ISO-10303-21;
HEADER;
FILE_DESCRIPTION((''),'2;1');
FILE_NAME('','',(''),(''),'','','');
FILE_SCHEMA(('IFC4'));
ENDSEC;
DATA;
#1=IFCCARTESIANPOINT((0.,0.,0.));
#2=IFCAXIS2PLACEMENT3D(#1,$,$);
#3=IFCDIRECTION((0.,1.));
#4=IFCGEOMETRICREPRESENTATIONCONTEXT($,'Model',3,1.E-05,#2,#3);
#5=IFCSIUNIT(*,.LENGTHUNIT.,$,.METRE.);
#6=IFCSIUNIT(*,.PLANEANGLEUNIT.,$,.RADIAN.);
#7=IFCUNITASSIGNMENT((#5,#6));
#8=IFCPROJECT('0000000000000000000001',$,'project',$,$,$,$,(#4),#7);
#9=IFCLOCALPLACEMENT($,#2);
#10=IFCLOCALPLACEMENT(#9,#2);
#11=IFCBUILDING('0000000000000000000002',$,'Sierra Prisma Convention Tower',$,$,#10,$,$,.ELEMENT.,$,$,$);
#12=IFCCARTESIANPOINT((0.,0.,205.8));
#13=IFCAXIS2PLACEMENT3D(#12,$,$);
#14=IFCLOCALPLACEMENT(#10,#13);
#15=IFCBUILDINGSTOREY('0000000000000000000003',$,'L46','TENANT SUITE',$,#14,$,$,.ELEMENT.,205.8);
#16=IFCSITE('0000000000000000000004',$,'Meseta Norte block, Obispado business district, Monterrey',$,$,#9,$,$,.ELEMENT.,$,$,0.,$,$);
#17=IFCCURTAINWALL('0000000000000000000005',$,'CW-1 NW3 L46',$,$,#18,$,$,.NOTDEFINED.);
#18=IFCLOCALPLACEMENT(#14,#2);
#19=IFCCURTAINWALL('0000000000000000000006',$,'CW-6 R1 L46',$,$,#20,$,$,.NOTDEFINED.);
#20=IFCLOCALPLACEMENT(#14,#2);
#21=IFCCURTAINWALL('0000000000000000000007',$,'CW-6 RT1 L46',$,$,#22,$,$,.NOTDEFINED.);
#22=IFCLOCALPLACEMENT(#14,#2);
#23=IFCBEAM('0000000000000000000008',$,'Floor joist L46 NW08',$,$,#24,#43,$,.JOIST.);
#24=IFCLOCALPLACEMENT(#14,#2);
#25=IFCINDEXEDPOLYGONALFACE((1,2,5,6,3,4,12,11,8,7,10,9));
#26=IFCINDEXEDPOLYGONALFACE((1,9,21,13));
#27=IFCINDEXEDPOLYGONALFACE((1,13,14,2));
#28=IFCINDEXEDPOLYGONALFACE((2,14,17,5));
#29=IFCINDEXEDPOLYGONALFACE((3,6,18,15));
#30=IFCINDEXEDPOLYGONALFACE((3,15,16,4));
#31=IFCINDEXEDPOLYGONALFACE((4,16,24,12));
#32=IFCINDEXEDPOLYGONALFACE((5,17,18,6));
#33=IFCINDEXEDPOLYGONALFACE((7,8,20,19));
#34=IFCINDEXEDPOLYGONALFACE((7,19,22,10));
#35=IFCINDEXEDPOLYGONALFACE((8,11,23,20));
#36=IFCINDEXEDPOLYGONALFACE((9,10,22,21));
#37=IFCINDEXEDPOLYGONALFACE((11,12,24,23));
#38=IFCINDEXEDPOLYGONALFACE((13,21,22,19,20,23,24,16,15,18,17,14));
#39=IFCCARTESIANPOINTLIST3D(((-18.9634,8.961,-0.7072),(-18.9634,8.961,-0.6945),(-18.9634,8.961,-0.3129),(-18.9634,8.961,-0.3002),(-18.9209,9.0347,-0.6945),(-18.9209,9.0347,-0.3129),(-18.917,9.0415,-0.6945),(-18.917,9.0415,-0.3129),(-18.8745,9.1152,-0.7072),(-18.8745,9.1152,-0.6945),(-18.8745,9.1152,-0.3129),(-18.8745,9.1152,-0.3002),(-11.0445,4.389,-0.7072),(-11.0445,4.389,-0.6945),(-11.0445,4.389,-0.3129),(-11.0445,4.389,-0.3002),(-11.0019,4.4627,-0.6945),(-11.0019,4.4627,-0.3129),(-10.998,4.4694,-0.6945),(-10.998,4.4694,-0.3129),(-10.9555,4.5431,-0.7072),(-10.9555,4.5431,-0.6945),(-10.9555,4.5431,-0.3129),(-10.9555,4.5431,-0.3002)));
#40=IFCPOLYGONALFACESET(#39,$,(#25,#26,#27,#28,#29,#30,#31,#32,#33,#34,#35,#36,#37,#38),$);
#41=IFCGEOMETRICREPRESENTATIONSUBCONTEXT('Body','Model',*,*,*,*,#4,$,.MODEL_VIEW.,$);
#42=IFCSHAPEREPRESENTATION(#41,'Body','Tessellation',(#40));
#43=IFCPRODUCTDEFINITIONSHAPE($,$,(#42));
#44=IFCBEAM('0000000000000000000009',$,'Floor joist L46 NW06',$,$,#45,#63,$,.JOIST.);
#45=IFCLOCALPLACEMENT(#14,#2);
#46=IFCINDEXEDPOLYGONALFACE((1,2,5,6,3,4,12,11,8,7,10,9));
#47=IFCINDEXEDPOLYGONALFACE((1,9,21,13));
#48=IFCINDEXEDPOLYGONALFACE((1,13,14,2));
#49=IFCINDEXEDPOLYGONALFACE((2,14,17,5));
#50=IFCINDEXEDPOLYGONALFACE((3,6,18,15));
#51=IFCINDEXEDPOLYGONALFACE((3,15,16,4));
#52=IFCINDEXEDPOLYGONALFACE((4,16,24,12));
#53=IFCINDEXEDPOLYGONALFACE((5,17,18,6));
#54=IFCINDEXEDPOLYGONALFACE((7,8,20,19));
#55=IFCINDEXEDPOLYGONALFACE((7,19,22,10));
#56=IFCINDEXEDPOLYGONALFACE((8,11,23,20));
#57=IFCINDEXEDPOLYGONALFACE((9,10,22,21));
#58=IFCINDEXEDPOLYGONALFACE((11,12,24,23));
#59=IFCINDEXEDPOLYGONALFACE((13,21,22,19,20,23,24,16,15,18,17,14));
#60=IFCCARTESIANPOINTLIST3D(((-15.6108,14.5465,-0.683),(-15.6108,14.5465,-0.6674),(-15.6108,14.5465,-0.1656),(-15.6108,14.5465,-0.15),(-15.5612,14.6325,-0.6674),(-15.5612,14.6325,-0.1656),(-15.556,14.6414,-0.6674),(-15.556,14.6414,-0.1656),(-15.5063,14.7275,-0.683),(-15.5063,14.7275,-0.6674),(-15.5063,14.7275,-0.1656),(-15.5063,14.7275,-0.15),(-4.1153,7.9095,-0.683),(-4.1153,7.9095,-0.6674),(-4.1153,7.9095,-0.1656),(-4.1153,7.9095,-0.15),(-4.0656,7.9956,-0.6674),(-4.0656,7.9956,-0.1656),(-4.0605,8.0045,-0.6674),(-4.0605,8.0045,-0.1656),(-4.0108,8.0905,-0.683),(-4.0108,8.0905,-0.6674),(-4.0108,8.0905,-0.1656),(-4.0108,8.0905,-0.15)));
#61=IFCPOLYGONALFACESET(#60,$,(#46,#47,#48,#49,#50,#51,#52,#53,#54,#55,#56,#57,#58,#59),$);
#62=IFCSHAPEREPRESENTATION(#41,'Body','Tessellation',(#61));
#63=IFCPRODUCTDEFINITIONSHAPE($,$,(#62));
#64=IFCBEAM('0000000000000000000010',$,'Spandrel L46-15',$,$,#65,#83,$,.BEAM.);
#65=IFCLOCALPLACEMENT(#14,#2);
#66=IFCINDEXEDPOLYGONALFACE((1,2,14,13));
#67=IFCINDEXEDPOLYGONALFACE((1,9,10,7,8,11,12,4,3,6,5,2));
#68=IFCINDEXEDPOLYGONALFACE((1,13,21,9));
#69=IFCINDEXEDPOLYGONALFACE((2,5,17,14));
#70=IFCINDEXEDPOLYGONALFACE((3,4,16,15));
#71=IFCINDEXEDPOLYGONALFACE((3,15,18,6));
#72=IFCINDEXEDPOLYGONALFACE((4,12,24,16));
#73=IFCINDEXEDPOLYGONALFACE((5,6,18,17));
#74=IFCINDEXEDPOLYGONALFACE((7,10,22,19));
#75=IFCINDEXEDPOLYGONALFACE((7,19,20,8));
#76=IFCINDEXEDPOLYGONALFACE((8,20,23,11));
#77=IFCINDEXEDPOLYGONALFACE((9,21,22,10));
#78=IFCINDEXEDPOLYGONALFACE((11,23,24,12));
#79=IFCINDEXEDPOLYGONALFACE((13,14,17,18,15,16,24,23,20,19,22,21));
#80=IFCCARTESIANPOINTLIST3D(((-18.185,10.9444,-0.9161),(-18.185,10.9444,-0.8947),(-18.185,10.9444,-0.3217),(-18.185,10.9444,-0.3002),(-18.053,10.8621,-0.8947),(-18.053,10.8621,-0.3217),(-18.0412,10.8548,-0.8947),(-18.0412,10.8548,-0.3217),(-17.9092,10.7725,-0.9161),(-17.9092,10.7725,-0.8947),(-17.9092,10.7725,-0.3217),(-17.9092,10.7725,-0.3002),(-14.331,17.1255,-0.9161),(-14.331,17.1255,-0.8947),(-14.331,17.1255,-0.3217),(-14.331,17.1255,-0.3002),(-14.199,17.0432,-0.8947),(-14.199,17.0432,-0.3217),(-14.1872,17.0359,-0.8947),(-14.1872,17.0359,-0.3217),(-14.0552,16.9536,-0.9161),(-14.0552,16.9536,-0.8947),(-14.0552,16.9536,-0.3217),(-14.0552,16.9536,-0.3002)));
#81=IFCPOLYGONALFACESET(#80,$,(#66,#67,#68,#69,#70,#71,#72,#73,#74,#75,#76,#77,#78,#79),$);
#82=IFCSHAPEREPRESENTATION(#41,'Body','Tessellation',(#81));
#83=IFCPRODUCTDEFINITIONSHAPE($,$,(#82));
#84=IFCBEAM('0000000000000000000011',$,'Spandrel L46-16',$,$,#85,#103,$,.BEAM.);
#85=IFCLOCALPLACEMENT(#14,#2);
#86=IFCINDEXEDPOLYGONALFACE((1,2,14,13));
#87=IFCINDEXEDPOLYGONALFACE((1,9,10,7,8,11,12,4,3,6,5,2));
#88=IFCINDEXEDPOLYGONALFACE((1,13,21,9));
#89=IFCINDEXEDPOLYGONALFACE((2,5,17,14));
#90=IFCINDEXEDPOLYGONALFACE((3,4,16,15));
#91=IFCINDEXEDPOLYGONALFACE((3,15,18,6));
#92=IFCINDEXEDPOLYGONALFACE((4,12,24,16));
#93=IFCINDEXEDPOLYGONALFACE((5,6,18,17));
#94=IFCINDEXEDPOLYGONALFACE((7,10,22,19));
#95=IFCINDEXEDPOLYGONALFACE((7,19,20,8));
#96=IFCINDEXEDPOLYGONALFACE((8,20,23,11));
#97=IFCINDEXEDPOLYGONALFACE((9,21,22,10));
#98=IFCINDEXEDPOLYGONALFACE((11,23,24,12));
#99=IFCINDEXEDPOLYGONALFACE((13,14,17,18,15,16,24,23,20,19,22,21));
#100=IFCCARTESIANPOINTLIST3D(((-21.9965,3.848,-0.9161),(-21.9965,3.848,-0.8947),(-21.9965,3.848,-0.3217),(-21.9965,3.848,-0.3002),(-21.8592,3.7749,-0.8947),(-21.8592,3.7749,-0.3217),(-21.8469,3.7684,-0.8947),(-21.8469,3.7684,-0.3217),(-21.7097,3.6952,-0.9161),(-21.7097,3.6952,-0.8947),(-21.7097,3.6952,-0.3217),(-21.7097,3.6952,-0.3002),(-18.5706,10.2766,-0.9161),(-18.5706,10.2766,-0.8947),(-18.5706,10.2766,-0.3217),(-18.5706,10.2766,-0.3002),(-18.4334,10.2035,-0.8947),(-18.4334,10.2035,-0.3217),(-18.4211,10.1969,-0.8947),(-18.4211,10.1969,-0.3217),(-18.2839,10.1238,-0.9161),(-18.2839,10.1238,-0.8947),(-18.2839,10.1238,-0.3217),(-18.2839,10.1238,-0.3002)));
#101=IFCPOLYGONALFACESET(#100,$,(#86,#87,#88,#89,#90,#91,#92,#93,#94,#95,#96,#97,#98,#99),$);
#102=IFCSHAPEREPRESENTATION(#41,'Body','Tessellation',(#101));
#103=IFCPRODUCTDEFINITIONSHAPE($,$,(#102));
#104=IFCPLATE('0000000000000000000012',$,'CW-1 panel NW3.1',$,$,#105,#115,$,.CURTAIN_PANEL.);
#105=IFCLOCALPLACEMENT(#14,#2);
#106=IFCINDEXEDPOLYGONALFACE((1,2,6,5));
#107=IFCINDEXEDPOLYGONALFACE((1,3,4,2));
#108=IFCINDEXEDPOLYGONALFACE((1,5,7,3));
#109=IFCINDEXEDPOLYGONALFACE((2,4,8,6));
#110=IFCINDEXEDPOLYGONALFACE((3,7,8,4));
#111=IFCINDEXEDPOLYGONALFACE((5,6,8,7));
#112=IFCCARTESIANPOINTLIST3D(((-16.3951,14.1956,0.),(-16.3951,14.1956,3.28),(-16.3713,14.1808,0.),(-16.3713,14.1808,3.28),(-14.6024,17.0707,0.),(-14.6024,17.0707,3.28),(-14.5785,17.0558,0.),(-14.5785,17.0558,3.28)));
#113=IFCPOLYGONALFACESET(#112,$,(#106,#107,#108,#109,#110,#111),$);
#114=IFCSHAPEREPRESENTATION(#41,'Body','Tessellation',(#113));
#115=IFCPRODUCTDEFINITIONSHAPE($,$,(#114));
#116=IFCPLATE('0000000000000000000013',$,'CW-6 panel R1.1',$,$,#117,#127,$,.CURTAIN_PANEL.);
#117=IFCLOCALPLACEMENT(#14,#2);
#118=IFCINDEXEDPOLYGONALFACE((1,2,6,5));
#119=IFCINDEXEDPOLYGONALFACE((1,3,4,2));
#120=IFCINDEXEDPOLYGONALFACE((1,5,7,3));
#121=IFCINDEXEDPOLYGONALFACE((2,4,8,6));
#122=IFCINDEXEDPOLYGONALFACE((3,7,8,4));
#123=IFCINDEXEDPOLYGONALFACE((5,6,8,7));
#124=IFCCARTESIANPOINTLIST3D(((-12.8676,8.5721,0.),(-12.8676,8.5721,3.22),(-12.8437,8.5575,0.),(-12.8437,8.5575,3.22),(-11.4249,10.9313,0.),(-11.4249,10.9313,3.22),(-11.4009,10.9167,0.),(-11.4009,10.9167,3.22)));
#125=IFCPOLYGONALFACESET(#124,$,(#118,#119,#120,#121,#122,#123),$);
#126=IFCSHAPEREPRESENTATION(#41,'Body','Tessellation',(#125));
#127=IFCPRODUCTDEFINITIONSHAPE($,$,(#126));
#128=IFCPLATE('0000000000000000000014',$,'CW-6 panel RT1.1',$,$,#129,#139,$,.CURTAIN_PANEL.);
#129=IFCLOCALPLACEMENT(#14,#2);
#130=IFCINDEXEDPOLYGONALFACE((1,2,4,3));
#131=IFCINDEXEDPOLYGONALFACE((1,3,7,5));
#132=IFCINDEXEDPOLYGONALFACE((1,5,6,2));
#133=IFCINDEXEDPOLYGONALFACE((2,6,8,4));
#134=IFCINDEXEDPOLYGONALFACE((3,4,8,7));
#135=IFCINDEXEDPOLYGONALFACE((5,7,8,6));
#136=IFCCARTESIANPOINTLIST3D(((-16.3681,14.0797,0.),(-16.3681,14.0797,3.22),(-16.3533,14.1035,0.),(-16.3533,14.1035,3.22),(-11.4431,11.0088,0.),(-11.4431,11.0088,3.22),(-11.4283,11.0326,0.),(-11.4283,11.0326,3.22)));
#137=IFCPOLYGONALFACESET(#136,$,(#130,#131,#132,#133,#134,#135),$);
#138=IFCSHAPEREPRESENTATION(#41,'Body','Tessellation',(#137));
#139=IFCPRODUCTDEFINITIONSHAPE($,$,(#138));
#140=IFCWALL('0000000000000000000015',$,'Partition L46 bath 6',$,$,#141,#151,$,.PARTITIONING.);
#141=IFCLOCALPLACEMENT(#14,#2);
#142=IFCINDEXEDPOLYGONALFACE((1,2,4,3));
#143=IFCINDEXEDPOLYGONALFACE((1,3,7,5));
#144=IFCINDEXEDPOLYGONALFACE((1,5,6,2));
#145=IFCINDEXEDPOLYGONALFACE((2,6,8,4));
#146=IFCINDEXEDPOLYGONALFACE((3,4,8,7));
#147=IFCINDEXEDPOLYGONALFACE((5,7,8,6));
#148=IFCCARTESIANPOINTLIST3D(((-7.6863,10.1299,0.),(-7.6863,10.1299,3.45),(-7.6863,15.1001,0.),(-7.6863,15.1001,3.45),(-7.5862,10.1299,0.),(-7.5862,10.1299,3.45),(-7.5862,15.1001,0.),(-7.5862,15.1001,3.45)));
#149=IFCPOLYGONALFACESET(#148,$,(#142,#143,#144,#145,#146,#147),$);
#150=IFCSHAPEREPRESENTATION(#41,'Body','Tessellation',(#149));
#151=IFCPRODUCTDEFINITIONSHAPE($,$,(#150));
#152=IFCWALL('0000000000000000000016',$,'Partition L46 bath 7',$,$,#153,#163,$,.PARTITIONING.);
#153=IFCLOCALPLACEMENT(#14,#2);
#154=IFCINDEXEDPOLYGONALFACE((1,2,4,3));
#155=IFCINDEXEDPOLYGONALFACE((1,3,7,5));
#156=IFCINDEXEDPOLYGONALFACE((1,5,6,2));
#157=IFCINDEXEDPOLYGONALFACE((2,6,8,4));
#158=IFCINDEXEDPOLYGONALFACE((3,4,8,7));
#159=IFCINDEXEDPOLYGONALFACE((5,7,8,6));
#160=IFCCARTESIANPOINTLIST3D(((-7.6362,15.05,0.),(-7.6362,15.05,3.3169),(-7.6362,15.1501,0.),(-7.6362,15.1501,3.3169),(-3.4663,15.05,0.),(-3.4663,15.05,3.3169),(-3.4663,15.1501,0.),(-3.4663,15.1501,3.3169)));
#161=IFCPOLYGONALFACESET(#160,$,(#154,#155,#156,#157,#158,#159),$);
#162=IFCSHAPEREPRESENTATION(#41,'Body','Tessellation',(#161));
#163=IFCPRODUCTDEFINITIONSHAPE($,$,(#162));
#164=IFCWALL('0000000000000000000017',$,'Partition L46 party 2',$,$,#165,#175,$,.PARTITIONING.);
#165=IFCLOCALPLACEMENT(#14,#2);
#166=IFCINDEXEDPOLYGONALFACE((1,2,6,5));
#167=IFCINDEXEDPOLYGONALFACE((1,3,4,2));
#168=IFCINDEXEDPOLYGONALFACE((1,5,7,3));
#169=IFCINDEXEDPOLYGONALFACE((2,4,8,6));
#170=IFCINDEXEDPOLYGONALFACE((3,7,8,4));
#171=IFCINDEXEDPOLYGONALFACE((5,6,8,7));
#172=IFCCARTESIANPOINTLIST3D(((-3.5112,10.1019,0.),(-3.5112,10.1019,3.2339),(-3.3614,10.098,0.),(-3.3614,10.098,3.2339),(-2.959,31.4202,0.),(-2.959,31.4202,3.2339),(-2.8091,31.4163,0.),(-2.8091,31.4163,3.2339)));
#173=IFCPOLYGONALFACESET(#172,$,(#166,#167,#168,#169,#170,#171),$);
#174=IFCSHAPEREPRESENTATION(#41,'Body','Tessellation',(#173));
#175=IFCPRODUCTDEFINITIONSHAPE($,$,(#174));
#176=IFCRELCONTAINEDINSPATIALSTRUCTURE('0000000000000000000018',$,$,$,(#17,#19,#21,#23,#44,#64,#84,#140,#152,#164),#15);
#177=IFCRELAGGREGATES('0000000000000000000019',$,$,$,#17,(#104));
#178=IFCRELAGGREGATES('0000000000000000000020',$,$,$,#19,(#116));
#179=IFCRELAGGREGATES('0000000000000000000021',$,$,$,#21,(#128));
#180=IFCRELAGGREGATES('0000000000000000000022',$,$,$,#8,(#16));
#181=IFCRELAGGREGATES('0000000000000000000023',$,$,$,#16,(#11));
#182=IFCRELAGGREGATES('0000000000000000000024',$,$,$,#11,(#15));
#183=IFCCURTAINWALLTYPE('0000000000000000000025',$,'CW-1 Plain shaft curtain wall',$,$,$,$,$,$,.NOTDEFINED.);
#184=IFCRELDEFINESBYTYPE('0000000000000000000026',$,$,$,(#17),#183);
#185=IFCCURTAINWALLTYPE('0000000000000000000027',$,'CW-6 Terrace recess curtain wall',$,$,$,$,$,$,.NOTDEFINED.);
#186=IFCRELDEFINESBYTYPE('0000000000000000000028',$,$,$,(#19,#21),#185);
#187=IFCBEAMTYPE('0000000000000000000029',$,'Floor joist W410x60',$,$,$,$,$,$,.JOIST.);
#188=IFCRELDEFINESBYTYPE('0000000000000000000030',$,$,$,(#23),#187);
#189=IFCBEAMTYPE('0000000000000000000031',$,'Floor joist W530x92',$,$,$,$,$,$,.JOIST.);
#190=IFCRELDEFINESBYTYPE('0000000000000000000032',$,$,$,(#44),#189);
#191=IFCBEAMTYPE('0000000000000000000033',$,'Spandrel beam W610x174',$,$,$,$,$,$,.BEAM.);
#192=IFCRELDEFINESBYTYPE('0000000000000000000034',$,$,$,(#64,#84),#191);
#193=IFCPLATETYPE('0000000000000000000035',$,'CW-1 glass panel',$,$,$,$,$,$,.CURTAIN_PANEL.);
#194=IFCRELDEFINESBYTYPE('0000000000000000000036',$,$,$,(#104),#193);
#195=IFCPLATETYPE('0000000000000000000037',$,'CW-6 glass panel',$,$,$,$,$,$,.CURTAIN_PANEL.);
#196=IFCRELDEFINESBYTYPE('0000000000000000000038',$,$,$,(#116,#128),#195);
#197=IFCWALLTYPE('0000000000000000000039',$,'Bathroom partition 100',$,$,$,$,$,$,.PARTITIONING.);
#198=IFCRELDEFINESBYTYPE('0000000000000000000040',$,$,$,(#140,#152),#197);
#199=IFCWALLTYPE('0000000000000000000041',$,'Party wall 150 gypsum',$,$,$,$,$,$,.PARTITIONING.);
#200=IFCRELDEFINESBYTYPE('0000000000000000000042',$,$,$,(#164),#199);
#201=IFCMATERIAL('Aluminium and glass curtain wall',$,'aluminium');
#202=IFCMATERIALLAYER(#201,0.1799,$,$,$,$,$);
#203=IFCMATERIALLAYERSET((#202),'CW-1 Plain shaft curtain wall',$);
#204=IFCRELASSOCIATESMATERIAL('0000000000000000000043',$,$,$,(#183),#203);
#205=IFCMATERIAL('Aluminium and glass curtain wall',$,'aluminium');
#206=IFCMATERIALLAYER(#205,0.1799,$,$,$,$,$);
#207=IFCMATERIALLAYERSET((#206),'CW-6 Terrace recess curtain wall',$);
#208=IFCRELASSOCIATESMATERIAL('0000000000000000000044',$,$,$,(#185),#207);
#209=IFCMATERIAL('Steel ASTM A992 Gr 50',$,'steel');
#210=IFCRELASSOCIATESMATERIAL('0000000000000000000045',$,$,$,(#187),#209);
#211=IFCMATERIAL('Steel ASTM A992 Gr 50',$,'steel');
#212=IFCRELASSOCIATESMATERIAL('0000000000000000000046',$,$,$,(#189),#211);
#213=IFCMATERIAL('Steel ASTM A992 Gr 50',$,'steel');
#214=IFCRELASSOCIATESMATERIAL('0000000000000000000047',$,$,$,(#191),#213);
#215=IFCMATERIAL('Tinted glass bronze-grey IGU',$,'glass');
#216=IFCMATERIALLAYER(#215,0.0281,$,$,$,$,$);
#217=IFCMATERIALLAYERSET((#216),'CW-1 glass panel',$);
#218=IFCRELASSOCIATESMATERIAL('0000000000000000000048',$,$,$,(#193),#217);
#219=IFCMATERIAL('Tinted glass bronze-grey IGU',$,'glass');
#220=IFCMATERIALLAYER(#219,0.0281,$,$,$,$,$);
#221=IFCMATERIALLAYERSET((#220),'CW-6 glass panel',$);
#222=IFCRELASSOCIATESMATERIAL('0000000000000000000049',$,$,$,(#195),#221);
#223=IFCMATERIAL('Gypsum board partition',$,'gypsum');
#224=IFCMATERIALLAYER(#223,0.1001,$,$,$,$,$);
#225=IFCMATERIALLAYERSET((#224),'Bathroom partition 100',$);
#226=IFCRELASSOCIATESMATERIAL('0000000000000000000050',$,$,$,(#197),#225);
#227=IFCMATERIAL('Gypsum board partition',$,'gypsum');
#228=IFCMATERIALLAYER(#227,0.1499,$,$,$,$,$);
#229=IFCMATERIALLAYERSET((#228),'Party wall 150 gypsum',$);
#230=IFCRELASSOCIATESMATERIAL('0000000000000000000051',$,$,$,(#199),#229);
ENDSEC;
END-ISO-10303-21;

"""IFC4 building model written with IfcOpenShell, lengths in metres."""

from ifc_helpers import new_model, si_unit, direction, frame, frame_2d, origin, origin_2d, place, context, subcontext, project, spatial, rectangle, i_section, extrude, material, layer, layer_set, material_profile, profile_set, type_object, element, aggregate, save


model = new_model("IFC4")

# Units and contexts
model_context = context("Model", 3, precision=1e-05, world=origin(), true_north=direction((0.0, 1.0)))
body_context = subcontext(model_context, "Body", "Model", "MODEL_VIEW")
ifc_project = project(units=[si_unit("LENGTHUNIT", "METRE"), si_unit("PLANEANGLEUNIT", "RADIAN")], contexts=[model_context])

# Site, building, storey
site_placement = place(None, origin())
site = spatial("IfcSite", under=ifc_project, at=site_placement, Name="Meseta Norte block, Obispado business district, Monterrey", CompositionType="ELEMENT", RefElevation=0.0)
building_placement = place(site_placement, origin())
building = spatial("IfcBuilding", under=site, at=building_placement, Name="Sierra Prisma Convention Tower", CompositionType="ELEMENT")
storey_placement = place(building_placement, frame((0.0, 0.0, 205.8)))
storey = spatial("IfcBuildingStorey", under=building, at=storey_placement, Name="L46", Description="TENANT SUITE", CompositionType="ELEMENT", Elevation=205.8)

# Curtain wall
ifc_material_1 = material(Name="Aluminium and glass curtain wall", Category="aluminium")
ifc_layer_1 = layer(ifc_material_1, 0.1799)
ifc_layer_set_1 = layer_set([ifc_layer_1], Name="CW-1 Plain shaft curtain wall")
curtain_wall_type_1 = type_object("IfcCurtainWallType", Name="CW-1 Plain shaft curtain wall", PredefinedType="NOTDEFINED", material=ifc_layer_set_1)
curtain_wall_1_placement = place(storey_placement, origin())
curtain_wall_1 = element("IfcCurtainWall", 1, at=curtain_wall_1_placement, inside=storey, type_object=curtain_wall_type_1, Name="CW-1 NW3 L46", PredefinedType="NOTDEFINED")

# Curtain wall
ifc_material_2 = material(Name="Aluminium and glass curtain wall", Category="aluminium")
ifc_layer_2 = layer(ifc_material_2, 0.1799)
ifc_layer_set_2 = layer_set([ifc_layer_2], Name="CW-6 Terrace recess curtain wall")
curtain_wall_type_2 = type_object("IfcCurtainWallType", Name="CW-6 Terrace recess curtain wall", PredefinedType="NOTDEFINED", material=ifc_layer_set_2)
curtain_wall_2_placement = place(storey_placement, origin())
curtain_wall_2 = element("IfcCurtainWall", 2, at=curtain_wall_2_placement, inside=storey, type_object=curtain_wall_type_2, Name="CW-6 R1 L46", PredefinedType="NOTDEFINED")

# Curtain wall
curtain_wall_3_placement = place(storey_placement, origin())
curtain_wall_3 = element("IfcCurtainWall", 3, at=curtain_wall_3_placement, inside=storey, type_object=curtain_wall_type_2, Name="CW-6 RT1 L46", PredefinedType="NOTDEFINED")

# Beams
ifc_material_3 = material(Name="Steel ASTM A992 Gr 50", Category="steel")
ifc_material_profile_1 = material_profile(ifc_material_3, i_section(OverallWidth=0.178, OverallDepth=0.407, WebThickness=0.0078, FlangeThickness=0.0127, at=origin_2d()), Name="W410x60")
ifc_profile_set_1 = profile_set([ifc_material_profile_1], Name="Steel ASTM A992 Gr 50")
beam_type_1 = type_object("IfcBeamType", Name="Floor joist W410x60", PredefinedType="JOIST", material=ifc_profile_set_1)
beam_1_placement = place(storey_placement, frame((-18.9189, 9.0381, -0.5037), z_axis=(0.866025, -0.500001, 0.0), x_axis=(0.500001, 0.866025, 0.0)))
element("IfcBeam", 4, at=beam_1_placement, inside=storey, type_object=beam_type_1, Name="Floor joist L46 NW08", PredefinedType="JOIST", context=body_context, shape_type="SweptSolid", body=[
    extrude(i_section(OverallWidth=0.178, OverallDepth=0.407, WebThickness=0.0078, FlangeThickness=0.0127, at=origin_2d()), origin(), (0.0, 0.0, 1.0), 9.144),
])
ifc_material_4 = material(Name="Steel ASTM A992 Gr 50", Category="steel")
ifc_material_profile_2 = material_profile(ifc_material_4, i_section(OverallWidth=0.209, OverallDepth=0.533, WebThickness=0.0103, FlangeThickness=0.0156, at=origin_2d()), Name="W530x92")
ifc_profile_set_2 = profile_set([ifc_material_profile_2], Name="Steel ASTM A992 Gr 50")
beam_type_2 = type_object("IfcBeamType", Name="Floor joist W530x92", PredefinedType="JOIST", material=ifc_profile_set_2)
beam_2_placement = place(storey_placement, frame((-15.5586, 14.637, -0.4165), z_axis=(0.866026, -0.499998, 0.0), x_axis=(0.499998, 0.866026, 0.0)))
element("IfcBeam", 5, at=beam_2_placement, inside=storey, type_object=beam_type_2, Name="Floor joist L46 NW06", PredefinedType="JOIST", context=body_context, shape_type="SweptSolid", body=[
    extrude(i_section(OverallWidth=0.209, OverallDepth=0.533, WebThickness=0.0103, FlangeThickness=0.0156, at=origin_2d()), origin(), (0.0, 0.0, 1.0), 13.2739),
])
ifc_material_5 = material(Name="Steel ASTM A992 Gr 50", Category="steel")
ifc_material_profile_3 = material_profile(ifc_material_5, i_section(OverallWidth=0.325, OverallDepth=0.616, WebThickness=0.0139, FlangeThickness=0.0215, at=origin_2d()), Name="W610x174")
ifc_profile_set_3 = profile_set([ifc_material_profile_3], Name="Steel ASTM A992 Gr 50")
beam_type_3 = type_object("IfcBeamType", Name="Spandrel beam W610x174", PredefinedType="BEAM", material=ifc_profile_set_3)
beam_3_placement = place(storey_placement, frame((-14.1931, 17.0396, -0.6082), z_axis=(-0.529089, -0.848566, 0.0), x_axis=(0.848566, -0.529089, 0.0)))
element("IfcBeam", 6, at=beam_3_placement, inside=storey, type_object=beam_type_3, Name="Spandrel L46-15", PredefinedType="BEAM", context=body_context, shape_type="SweptSolid", body=[
    extrude(i_section(OverallWidth=0.325, OverallDepth=0.616, WebThickness=0.0139, FlangeThickness=0.0215, at=origin_2d()), origin(), (0.0, 0.0, 1.0), 7.2842),
])
beam_4_placement = place(storey_placement, frame((-18.4272, 10.2002, -0.6082), z_axis=(-0.470296, -0.882509, 0.0), x_axis=(0.882509, -0.470296, 0.0)))
element("IfcBeam", 7, at=beam_4_placement, inside=storey, type_object=beam_type_3, Name="Spandrel L46-16", PredefinedType="BEAM", context=body_context, shape_type="SweptSolid", body=[
    extrude(i_section(OverallWidth=0.325, OverallDepth=0.616, WebThickness=0.0139, FlangeThickness=0.0215, at=origin_2d()), origin(), (0.0, 0.0, 1.0), 7.2844),
])

# Plates
ifc_material_6 = material(Name="Tinted glass bronze-grey IGU", Category="glass")
ifc_layer_3 = layer(ifc_material_6, 0.0281)
ifc_layer_set_3 = layer_set([ifc_layer_3], Name="CW-1 glass panel")
plate_type_1 = type_object("IfcPlateType", Name="CW-1 glass panel", PredefinedType="CURTAIN_PANEL", material=ifc_layer_set_3)
plate_1_placement = place(storey_placement, frame((-15.4868, 15.6257, 0.0), z_axis=(0.0, 0.0, 1.0), x_axis=(-0.529107, -0.848555, 0.0)))
plate_1 = element("IfcPlate", 8, at=plate_1_placement, type_object=plate_type_1, Name="CW-1 panel NW3.1", PredefinedType="CURTAIN_PANEL", context=body_context, shape_type="SweptSolid", body=[
    extrude(rectangle(XDim=3.3882, YDim=0.0281, at=origin_2d()), origin(), (0.0, 0.0, 1.0), 3.28),
])
aggregate(curtain_wall_1, [plate_1])
ifc_material_7 = material(Name="Tinted glass bronze-grey IGU", Category="glass")
ifc_layer_4 = layer(ifc_material_7, 0.0281)
ifc_layer_set_4 = layer_set([ifc_layer_4], Name="CW-6 glass panel")
plate_type_2 = type_object("IfcPlateType", Name="CW-6 glass panel", PredefinedType="CURTAIN_PANEL", material=ifc_layer_set_4)
plate_2_placement = place(storey_placement, frame((-12.1343, 9.7444, 0.0), z_axis=(0.0, 0.0, 1.0), x_axis=(-0.521721, -0.853116, 0.0)))
plate_2 = element("IfcPlate", 9, at=plate_2_placement, type_object=plate_type_2, Name="CW-6 panel R1.1", PredefinedType="CURTAIN_PANEL", context=body_context, shape_type="SweptSolid", body=[
    extrude(rectangle(XDim=2.7654, YDim=0.0281, at=origin_2d()), origin(), (0.0, 0.0, 1.0), 3.22),
])
aggregate(curtain_wall_2, [plate_2])
plate_3_placement = place(storey_placement, frame((-13.8982, 12.5562, 0.0), z_axis=(0.0, 0.0, 1.0), x_axis=(0.848555, -0.529107, 0.0)))
plate_3 = element("IfcPlate", 10, at=plate_3_placement, type_object=plate_type_2, Name="CW-6 panel RT1.1", PredefinedType="CURTAIN_PANEL", context=body_context, shape_type="SweptSolid", body=[
    extrude(rectangle(XDim=5.804, YDim=0.0281, at=origin_2d()), origin(), (0.0, 0.0, 1.0), 3.22),
])
aggregate(curtain_wall_3, [plate_3])

# Walls
ifc_material_8 = material(Name="Gypsum board partition", Category="gypsum")
ifc_layer_5 = layer(ifc_material_8, 0.1001)
ifc_layer_set_5 = layer_set([ifc_layer_5], Name="Bathroom partition 100")
wall_type_1 = type_object("IfcWallType", Name="Bathroom partition 100", PredefinedType="PARTITIONING", material=ifc_layer_set_5)
wall_1_placement = place(storey_placement, frame((-7.6362, 10.1299, 0.0), z_axis=(0.0, 0.0, 1.0), x_axis=(0.0, 1.0, 0.0)))
element("IfcWall", 11, at=wall_1_placement, inside=storey, type_object=wall_type_1, Name="Partition L46 bath 6", PredefinedType="PARTITIONING", context=body_context, shape_type="SweptSolid", body=[
    extrude(rectangle(XDim=4.9702, YDim=0.1001, at=frame_2d((2.4851, 0.0))), origin(), (0.0, 0.0, 1.0), 3.45),
])
wall_2_placement = place(storey_placement, frame((-7.6362, 15.1001, 0.0), z_axis=(0.0, 0.0, 1.0), x_axis=(1.0, 0.0, 0.0)))
element("IfcWall", 12, at=wall_2_placement, inside=storey, type_object=wall_type_1, Name="Partition L46 bath 7", PredefinedType="PARTITIONING", context=body_context, shape_type="SweptSolid", body=[
    extrude(rectangle(XDim=4.1699, YDim=0.1001, at=frame_2d((2.085, 0.0))), origin(), (0.0, 0.0, 1.0), 3.3169),
])
ifc_material_9 = material(Name="Gypsum board partition", Category="gypsum")
ifc_layer_6 = layer(ifc_material_9, 0.1499)
ifc_layer_set_6 = layer_set([ifc_layer_6], Name="Party wall 150 gypsum")
wall_type_2 = type_object("IfcWallType", Name="Party wall 150 gypsum", PredefinedType="PARTITIONING", material=ifc_layer_set_6)
wall_3_placement = place(storey_placement, frame((-3.4363, 10.1001, 0.0), z_axis=(0.0, 0.0, 1.0), x_axis=(0.025896, 0.999665, 0.0)))
element("IfcWall", 13, at=wall_3_placement, inside=storey, type_object=wall_type_2, Name="Partition L46 party 2", PredefinedType="PARTITIONING", context=body_context, shape_type="SweptSolid", body=[
    extrude(rectangle(XDim=21.3254, YDim=0.1499, at=frame_2d((10.6626, 0.0))), origin(), (0.0, 0.0, 1.0), 3.2339),
])

save(model, "model.ifc")
